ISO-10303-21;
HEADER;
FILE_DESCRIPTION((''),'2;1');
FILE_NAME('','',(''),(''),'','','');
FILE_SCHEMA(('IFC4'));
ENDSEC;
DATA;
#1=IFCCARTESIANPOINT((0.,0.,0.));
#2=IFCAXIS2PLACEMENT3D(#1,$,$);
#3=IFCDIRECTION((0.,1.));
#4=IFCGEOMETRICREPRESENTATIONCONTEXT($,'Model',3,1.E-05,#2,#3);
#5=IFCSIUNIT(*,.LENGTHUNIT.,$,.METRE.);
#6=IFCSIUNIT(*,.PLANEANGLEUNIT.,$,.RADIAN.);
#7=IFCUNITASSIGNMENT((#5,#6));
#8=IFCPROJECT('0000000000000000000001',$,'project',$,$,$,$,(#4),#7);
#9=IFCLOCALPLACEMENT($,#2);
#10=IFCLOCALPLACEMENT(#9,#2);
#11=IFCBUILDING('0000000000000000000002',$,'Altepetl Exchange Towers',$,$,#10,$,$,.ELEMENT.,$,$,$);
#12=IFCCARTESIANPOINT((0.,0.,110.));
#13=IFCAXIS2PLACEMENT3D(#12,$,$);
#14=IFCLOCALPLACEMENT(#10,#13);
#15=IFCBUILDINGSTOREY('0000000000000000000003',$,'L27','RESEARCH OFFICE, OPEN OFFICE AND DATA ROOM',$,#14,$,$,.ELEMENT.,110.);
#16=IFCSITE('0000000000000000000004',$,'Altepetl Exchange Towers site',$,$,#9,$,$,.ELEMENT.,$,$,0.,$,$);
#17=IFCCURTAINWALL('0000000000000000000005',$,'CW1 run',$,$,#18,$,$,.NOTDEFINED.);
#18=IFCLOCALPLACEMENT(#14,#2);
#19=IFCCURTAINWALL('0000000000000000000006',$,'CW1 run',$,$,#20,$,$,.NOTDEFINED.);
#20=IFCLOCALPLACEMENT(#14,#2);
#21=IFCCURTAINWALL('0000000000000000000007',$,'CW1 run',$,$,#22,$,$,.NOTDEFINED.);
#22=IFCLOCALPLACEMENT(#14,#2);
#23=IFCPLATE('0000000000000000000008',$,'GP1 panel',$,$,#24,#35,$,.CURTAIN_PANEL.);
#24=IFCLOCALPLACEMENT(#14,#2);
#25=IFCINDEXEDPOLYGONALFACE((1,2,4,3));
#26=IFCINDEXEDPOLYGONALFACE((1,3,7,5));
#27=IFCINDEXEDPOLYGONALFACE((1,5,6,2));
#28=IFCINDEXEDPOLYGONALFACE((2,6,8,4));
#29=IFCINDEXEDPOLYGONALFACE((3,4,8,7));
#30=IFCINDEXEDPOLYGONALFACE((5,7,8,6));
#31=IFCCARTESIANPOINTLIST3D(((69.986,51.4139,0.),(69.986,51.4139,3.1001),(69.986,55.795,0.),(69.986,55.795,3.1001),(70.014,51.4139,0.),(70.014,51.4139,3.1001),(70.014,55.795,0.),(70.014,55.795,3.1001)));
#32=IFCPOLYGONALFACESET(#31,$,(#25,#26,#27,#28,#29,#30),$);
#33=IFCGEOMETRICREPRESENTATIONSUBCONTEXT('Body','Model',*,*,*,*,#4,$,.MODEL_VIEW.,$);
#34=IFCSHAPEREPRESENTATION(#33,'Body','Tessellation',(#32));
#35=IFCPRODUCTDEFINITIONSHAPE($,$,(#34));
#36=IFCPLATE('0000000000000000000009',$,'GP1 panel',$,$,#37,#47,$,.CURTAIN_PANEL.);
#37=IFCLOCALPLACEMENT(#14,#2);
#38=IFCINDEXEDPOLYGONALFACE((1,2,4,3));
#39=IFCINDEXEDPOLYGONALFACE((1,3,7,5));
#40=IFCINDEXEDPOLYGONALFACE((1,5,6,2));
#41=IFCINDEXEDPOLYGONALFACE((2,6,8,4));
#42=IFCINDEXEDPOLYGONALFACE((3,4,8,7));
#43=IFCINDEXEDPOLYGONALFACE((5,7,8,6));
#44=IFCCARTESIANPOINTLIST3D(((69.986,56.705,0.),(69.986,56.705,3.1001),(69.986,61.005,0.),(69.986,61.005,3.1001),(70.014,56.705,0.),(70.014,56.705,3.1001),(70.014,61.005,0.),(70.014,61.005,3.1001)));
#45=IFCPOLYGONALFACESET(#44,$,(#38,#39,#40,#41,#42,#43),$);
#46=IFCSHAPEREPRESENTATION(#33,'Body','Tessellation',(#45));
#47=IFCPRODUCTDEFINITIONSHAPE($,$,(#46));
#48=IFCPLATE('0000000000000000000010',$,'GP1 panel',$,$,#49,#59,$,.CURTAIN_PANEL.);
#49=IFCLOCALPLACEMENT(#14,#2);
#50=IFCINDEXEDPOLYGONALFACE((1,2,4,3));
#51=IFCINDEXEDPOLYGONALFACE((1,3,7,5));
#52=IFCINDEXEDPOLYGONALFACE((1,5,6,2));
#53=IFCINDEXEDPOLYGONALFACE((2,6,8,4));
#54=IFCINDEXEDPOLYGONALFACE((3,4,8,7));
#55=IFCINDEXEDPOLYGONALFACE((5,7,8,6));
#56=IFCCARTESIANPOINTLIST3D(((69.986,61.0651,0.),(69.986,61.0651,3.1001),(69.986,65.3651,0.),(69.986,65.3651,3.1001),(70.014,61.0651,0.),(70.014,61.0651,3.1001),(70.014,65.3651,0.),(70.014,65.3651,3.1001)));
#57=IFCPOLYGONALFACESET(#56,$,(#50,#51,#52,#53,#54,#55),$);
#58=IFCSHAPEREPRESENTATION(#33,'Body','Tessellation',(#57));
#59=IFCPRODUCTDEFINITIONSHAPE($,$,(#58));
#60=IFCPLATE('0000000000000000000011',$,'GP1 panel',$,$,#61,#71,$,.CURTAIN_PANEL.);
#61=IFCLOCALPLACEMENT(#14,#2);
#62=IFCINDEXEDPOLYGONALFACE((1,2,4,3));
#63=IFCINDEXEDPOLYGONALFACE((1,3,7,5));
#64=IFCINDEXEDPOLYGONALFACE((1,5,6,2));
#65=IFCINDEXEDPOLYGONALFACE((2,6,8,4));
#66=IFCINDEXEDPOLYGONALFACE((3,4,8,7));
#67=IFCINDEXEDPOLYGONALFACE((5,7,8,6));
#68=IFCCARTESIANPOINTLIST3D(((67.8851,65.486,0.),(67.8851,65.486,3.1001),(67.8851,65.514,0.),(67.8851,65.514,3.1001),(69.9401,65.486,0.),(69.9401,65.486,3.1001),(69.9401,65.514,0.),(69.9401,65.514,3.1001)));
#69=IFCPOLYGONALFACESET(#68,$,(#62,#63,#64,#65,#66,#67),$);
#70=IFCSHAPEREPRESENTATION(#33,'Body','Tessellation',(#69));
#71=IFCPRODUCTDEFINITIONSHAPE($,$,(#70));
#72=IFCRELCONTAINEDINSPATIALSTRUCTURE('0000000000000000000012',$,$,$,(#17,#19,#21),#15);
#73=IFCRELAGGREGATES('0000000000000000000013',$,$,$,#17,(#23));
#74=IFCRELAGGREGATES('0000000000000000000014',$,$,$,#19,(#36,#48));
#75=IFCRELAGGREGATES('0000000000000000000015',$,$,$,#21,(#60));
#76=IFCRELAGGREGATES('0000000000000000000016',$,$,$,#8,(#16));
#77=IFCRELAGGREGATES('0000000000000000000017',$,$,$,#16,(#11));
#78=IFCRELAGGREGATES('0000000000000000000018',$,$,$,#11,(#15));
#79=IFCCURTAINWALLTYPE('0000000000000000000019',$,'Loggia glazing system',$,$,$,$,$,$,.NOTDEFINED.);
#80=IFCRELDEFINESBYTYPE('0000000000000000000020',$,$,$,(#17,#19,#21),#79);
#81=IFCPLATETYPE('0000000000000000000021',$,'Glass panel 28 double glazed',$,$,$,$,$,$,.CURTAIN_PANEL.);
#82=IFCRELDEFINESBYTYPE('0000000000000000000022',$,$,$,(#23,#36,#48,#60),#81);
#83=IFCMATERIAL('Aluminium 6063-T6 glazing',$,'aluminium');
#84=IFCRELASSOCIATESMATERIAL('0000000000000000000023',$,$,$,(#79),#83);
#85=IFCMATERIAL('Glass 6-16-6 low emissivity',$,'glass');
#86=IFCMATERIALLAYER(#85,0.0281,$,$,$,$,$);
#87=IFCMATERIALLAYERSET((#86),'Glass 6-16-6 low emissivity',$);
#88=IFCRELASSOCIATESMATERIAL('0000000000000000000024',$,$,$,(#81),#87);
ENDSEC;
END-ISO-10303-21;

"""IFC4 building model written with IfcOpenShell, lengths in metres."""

from ifc_helpers import new_model, si_unit, direction, frame, origin, origin_2d, place, context, subcontext, project, spatial, rectangle, extrude, material, layer, layer_set, type_object, element, aggregate, save


model = new_model("IFC4")

# Units and contexts
model_context = context("Model", 3, precision=1e-05, world=origin(), true_north=direction((0.0, 1.0)))
body_context = subcontext(model_context, "Body", "Model", "MODEL_VIEW")
ifc_project = project(units=[si_unit("LENGTHUNIT", "METRE"), si_unit("PLANEANGLEUNIT", "RADIAN")], contexts=[model_context])

# Site, building, storey
site_placement = place(None, origin())
site = spatial("IfcSite", under=ifc_project, at=site_placement, Name="Altepetl Exchange Towers site", CompositionType="ELEMENT", RefElevation=0.0)
building_placement = place(site_placement, origin())
building = spatial("IfcBuilding", under=site, at=building_placement, Name="Altepetl Exchange Towers", CompositionType="ELEMENT")
storey_placement = place(building_placement, frame((0.0, 0.0, 110.0)))
storey = spatial("IfcBuildingStorey", under=building, at=storey_placement, Name="L27", Description="RESEARCH OFFICE, OPEN OFFICE AND DATA ROOM", CompositionType="ELEMENT", Elevation=110.0)

# Curtain walls
ifc_material_1 = material(Name="Aluminium 6063-T6 glazing", Category="aluminium")
curtain_wall_type = type_object("IfcCurtainWallType", Name="Loggia glazing system", PredefinedType="NOTDEFINED", material=ifc_material_1)
curtain_wall_1_placement = place(storey_placement, origin())
curtain_wall_1 = element("IfcCurtainWall", 1, at=curtain_wall_1_placement, inside=storey, type_object=curtain_wall_type, Name="CW1 run", PredefinedType="NOTDEFINED")
curtain_wall_2_placement = place(storey_placement, origin())
curtain_wall_2 = element("IfcCurtainWall", 2, at=curtain_wall_2_placement, inside=storey, type_object=curtain_wall_type, Name="CW1 run", PredefinedType="NOTDEFINED")
curtain_wall_3_placement = place(storey_placement, origin())
curtain_wall_3 = element("IfcCurtainWall", 3, at=curtain_wall_3_placement, inside=storey, type_object=curtain_wall_type, Name="CW1 run", PredefinedType="NOTDEFINED")

# Plates
ifc_material_2 = material(Name="Glass 6-16-6 low emissivity", Category="glass")
ifc_layer = layer(ifc_material_2, 0.0281)
ifc_layer_set = layer_set([ifc_layer], Name="Glass 6-16-6 low emissivity")
plate_type = type_object("IfcPlateType", Name="Glass panel 28 double glazed", PredefinedType="CURTAIN_PANEL", material=ifc_layer_set)
plate_1_placement = place(storey_placement, frame((70.0, 53.6045, 0.0), z_axis=(0.0, 0.0, 1.0), x_axis=(0.0, 1.0, 0.0)))
plate_1 = element("IfcPlate", 4, at=plate_1_placement, type_object=plate_type, Name="GP1 panel", PredefinedType="CURTAIN_PANEL", context=body_context, shape_type="SweptSolid", body=[
    extrude(rectangle(XDim=4.3811, YDim=0.0281, at=origin_2d()), origin(), (0.0, 0.0, 1.0), 3.1001),
])
aggregate(curtain_wall_1, [plate_1])
plate_2_placement = place(storey_placement, frame((70.0, 58.855, 0.0), z_axis=(0.0, 0.0, 1.0), x_axis=(0.0, 1.0, 0.0)))
plate_2 = element("IfcPlate", 5, at=plate_2_placement, type_object=plate_type, Name="GP1 panel", PredefinedType="CURTAIN_PANEL", context=body_context, shape_type="SweptSolid", body=[
    extrude(rectangle(XDim=4.3, YDim=0.0281, at=origin_2d()), origin(), (0.0, 0.0, 1.0), 3.1001),
])
plate_3_placement = place(storey_placement, frame((70.0, 63.2151, 0.0), z_axis=(0.0, 0.0, 1.0), x_axis=(0.0, 1.0, 0.0)))
plate_3 = element("IfcPlate", 6, at=plate_3_placement, type_object=plate_type, Name="GP1 panel", PredefinedType="CURTAIN_PANEL", context=body_context, shape_type="SweptSolid", body=[
    extrude(rectangle(XDim=4.3, YDim=0.0281, at=origin_2d()), origin(), (0.0, 0.0, 1.0), 3.1001),
])
aggregate(curtain_wall_2, [plate_2, plate_3])
plate_4_placement = place(storey_placement, frame((68.9126, 65.5, 0.0), z_axis=(0.0, 0.0, 1.0), x_axis=(-1.0, 0.0, 0.0)))
plate_4 = element("IfcPlate", 7, at=plate_4_placement, type_object=plate_type, Name="GP1 panel", PredefinedType="CURTAIN_PANEL", context=body_context, shape_type="SweptSolid", body=[
    extrude(rectangle(XDim=2.0549, YDim=0.0281, at=origin_2d()), origin(), (0.0, 0.0, 1.0), 3.1001),
])
aggregate(curtain_wall_3, [plate_4])

save(model, "model.ifc")
